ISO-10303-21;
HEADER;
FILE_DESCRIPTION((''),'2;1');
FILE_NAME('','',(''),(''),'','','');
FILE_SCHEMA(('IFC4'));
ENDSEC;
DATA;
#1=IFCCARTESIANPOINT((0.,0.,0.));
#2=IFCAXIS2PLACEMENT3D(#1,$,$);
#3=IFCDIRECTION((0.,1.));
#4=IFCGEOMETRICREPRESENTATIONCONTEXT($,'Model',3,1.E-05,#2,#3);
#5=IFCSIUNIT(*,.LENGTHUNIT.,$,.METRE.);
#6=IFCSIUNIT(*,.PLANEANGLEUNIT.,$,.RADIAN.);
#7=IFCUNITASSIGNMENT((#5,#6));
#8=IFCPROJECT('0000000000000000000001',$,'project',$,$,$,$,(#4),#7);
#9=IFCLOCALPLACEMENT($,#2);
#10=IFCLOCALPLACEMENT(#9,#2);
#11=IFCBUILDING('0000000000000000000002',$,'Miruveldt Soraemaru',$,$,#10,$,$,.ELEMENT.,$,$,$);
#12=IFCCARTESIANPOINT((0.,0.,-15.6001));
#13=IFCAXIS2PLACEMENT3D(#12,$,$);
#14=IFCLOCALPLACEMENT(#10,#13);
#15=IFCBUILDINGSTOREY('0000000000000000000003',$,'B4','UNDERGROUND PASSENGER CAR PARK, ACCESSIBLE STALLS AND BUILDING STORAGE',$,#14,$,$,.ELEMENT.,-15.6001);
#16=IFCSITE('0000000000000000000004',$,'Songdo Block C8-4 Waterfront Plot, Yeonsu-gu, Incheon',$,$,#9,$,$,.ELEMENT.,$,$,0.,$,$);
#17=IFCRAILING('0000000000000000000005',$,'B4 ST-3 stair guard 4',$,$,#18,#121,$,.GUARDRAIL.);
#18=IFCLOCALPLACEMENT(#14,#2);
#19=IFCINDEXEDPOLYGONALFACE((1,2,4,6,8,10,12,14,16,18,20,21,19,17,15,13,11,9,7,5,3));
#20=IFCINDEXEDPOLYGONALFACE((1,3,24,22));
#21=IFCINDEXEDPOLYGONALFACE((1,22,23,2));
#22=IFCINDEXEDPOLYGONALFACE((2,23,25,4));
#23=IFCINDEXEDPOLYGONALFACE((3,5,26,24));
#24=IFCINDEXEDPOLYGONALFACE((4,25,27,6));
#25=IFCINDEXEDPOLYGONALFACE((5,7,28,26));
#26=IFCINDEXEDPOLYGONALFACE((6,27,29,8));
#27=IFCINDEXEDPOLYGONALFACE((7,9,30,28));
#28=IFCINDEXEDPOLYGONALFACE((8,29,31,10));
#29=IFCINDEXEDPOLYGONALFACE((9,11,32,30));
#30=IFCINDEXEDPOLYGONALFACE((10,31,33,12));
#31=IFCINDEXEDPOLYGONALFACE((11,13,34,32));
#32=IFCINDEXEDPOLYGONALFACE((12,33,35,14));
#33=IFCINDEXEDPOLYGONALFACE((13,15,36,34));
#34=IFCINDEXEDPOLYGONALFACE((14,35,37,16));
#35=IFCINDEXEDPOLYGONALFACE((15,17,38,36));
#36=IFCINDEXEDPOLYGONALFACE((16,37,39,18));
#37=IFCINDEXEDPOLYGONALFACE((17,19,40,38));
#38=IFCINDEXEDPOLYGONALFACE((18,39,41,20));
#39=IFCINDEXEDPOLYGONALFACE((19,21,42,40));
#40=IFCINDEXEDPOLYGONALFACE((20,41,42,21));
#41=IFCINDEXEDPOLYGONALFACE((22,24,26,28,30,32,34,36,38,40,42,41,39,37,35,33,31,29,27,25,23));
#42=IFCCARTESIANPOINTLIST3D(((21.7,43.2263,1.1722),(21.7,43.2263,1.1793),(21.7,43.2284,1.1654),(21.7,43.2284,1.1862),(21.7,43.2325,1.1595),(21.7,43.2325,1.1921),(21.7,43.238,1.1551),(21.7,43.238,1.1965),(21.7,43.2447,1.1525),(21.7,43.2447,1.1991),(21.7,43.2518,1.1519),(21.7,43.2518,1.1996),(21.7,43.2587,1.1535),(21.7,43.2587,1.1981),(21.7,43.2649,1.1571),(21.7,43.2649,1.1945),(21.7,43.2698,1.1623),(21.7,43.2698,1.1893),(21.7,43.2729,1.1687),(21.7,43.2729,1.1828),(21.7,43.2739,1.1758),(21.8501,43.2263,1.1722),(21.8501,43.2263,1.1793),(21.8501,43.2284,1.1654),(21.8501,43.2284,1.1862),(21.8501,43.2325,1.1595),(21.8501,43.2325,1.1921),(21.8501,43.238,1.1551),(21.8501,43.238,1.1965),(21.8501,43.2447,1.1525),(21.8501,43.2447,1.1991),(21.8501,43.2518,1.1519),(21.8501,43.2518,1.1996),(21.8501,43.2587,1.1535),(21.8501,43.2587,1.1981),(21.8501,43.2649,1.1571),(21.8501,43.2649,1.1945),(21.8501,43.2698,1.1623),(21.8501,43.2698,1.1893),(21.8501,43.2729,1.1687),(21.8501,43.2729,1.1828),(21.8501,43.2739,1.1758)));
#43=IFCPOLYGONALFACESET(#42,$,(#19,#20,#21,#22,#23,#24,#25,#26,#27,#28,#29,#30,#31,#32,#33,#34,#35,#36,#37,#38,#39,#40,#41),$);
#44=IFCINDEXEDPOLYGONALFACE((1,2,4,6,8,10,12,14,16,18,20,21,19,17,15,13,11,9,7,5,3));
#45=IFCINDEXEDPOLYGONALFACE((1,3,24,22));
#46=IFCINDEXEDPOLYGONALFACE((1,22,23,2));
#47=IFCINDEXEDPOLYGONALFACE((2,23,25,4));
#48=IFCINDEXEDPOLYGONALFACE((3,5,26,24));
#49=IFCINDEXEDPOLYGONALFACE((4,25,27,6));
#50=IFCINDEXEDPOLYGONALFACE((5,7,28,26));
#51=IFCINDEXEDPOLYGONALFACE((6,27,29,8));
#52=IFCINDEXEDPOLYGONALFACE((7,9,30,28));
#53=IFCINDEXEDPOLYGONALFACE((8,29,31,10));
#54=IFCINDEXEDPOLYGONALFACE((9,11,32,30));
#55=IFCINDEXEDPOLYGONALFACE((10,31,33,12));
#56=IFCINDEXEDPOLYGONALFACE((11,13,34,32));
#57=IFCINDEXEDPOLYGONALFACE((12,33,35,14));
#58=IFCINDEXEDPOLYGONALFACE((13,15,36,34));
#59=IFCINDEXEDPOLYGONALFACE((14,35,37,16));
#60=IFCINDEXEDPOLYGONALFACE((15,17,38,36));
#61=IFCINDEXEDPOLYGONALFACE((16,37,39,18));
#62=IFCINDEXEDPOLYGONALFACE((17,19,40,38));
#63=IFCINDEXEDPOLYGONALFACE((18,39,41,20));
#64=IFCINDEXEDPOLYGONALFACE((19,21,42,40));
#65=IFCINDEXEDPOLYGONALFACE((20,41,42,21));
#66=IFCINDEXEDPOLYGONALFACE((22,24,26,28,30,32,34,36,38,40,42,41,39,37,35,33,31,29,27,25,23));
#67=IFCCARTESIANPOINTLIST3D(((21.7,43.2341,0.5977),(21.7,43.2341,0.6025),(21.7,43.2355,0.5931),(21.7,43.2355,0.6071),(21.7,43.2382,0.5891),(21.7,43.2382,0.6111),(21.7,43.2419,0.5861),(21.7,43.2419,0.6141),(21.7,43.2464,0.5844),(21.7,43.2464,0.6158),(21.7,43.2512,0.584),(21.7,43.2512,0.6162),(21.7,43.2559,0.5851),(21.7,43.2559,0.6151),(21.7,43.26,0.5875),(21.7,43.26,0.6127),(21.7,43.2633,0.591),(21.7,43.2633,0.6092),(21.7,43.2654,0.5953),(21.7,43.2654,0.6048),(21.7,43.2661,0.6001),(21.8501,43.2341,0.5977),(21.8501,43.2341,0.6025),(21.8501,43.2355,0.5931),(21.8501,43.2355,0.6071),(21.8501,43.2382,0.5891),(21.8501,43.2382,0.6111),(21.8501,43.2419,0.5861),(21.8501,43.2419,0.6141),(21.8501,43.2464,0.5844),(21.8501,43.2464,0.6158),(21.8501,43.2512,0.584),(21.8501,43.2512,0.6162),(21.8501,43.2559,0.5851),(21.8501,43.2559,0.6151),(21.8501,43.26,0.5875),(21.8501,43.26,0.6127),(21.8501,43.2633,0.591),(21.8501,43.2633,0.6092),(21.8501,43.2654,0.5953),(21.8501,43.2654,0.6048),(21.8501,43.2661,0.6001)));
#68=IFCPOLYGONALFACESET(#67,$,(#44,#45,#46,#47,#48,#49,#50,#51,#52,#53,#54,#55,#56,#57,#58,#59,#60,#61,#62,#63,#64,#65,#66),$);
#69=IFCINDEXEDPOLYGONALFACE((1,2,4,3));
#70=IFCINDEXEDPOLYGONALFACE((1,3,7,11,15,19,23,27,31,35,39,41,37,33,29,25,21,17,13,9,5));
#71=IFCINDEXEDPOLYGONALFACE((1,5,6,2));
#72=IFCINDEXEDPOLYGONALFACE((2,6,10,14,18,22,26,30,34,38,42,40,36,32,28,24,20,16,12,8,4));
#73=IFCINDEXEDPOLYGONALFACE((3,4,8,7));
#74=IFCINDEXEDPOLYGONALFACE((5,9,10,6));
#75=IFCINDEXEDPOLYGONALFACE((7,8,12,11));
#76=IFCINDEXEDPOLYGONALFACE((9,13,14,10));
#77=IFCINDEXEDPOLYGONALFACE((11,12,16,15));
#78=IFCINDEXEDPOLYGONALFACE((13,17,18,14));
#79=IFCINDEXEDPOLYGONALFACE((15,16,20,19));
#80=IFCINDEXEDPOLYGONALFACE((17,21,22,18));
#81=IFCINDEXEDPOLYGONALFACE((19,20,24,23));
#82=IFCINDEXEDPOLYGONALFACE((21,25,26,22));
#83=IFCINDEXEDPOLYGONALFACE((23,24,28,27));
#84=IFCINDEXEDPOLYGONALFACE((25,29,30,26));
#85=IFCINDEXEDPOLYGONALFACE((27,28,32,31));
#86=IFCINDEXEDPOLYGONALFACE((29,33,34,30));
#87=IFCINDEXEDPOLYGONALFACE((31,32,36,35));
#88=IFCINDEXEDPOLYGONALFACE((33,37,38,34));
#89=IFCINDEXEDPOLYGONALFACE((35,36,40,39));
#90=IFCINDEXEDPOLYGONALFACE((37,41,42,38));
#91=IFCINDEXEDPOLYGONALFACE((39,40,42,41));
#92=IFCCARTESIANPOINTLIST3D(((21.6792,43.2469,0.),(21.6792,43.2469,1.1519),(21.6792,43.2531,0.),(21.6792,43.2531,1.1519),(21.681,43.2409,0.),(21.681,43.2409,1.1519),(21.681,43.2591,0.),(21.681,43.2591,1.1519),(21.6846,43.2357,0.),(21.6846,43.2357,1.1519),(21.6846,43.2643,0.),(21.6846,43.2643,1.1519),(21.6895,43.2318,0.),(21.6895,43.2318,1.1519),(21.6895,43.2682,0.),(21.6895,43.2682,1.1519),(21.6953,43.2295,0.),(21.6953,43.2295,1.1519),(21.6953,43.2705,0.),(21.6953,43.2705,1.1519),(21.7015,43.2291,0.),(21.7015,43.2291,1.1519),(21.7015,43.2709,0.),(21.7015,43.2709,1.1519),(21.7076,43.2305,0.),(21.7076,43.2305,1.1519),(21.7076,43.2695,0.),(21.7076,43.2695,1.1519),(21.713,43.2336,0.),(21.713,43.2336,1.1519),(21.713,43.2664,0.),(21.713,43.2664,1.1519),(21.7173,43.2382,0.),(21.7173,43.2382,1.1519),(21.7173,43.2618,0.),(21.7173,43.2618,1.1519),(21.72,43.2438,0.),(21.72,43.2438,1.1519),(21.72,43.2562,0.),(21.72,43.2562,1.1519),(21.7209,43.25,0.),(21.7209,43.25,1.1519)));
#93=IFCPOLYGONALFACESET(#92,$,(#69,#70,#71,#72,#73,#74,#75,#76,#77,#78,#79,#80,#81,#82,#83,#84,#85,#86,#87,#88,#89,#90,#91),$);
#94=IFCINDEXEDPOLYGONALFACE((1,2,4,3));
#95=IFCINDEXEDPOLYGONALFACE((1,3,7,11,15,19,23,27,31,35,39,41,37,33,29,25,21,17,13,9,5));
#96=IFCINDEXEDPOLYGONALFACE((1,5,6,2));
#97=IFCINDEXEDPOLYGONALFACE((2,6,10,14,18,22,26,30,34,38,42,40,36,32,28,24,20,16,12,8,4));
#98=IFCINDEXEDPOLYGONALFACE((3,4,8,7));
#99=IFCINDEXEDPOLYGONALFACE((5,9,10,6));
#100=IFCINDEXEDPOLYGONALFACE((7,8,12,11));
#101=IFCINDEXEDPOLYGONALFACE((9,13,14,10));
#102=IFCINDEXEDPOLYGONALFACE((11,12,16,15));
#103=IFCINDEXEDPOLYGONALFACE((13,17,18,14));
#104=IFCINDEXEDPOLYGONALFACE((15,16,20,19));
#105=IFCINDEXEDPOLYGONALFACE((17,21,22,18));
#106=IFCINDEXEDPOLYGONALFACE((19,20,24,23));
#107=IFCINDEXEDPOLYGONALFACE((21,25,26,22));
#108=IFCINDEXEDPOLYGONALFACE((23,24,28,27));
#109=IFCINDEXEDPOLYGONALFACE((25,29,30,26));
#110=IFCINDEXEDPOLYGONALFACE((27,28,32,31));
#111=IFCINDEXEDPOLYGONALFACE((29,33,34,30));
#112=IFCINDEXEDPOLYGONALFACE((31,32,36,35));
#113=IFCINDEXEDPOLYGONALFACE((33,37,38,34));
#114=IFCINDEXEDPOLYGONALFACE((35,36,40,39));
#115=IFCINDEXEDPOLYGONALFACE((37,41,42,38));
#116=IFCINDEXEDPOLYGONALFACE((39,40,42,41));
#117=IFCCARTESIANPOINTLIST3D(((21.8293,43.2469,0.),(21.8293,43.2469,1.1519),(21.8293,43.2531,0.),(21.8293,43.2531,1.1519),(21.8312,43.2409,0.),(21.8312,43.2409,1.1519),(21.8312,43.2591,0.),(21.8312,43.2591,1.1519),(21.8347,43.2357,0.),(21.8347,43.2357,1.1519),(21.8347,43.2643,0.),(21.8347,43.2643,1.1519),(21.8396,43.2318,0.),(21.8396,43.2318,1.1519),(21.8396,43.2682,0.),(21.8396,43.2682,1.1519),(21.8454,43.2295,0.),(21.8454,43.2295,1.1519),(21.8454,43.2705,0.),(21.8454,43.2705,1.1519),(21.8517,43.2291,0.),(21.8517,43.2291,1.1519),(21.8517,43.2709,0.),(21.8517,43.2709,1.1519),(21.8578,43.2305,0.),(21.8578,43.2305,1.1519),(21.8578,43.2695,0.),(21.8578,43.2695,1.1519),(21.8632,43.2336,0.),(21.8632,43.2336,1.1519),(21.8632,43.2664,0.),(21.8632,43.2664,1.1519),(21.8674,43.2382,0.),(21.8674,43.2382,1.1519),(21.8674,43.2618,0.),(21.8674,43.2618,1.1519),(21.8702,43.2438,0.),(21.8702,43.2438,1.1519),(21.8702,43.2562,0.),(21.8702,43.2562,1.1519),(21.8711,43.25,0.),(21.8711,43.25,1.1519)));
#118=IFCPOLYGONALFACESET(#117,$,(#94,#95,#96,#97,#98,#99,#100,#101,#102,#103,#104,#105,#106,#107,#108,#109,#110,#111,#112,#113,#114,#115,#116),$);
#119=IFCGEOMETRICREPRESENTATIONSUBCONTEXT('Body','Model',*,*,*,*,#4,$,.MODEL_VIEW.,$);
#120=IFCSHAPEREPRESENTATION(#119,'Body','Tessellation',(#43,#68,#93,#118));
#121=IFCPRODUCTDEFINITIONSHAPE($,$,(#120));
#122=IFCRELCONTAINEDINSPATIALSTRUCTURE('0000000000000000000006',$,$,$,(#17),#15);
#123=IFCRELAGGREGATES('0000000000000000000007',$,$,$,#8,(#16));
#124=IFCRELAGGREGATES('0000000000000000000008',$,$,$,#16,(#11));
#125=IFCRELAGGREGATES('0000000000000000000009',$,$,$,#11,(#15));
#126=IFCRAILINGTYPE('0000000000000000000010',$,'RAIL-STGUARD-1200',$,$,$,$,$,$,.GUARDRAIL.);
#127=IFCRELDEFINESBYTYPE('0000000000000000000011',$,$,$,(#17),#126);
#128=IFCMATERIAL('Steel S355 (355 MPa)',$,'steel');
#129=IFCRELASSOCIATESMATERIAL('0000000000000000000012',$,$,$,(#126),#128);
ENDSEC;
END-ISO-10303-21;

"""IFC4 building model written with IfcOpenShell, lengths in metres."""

from ifc_helpers import new_model, si_unit, direction, frame, origin, origin_2d, place, context, subcontext, project, spatial, circle, extrude, material, type_object, element, save


model = new_model("IFC4")

# Units and contexts
model_context = context("Model", 3, precision=1e-05, world=origin(), true_north=direction((0.0, 1.0)))
body_context = subcontext(model_context, "Body", "Model", "MODEL_VIEW")
ifc_project = project(units=[si_unit("LENGTHUNIT", "METRE"), si_unit("PLANEANGLEUNIT", "RADIAN")], contexts=[model_context])

# Site, building, storey
site_placement = place(None, origin())
site = spatial("IfcSite", under=ifc_project, at=site_placement, Name="Songdo Block C8-4 Waterfront Plot, Yeonsu-gu, Incheon", CompositionType="ELEMENT", RefElevation=0.0)
building_placement = place(site_placement, origin())
building = spatial("IfcBuilding", under=site, at=building_placement, Name="Miruveldt Soraemaru", CompositionType="ELEMENT")
storey_placement = place(building_placement, frame((0.0, 0.0, -15.6001)))
storey = spatial("IfcBuildingStorey", under=building, at=storey_placement, Name="B4", Description="UNDERGROUND PASSENGER CAR PARK, ACCESSIBLE STALLS AND BUILDING STORAGE", CompositionType="ELEMENT", Elevation=-15.6001)

# Railing
ifc_material_1 = material(Name="Steel S355 (355 MPa)", Category="steel")
railing_type_1 = type_object("IfcRailingType", Name="RAIL-STGUARD-1200", PredefinedType="GUARDRAIL", material=ifc_material_1)
railing_1_placement = place(storey_placement, frame((21.7, 43.25, 0.0)))
element("IfcRailing", 1, at=railing_1_placement, inside=storey, type_object=railing_type_1, Name="B4 ST-3 stair guard 4", PredefinedType="GUARDRAIL", context=body_context, shape_type="SweptSolid", body=[
    extrude(circle(Radius=0.0239, at=origin_2d()), frame((0.0, 0.0, 1.1758), z_axis=(1.0, 0.0, 0.0), x_axis=(0.0, 1.0, 0.0)), (0.0, 0.0, 1.0), 0.1501),
    extrude(circle(Radius=0.0161, at=origin_2d()), frame((0.0, 0.0, 0.6001), z_axis=(1.0, 0.0, 0.0), x_axis=(0.0, 1.0, 0.0)), (0.0, 0.0, 1.0), 0.1501),
    extrude(circle(Radius=0.021, at=origin_2d()), origin(), (0.0, 0.0, 1.0), 1.1519),
    extrude(circle(Radius=0.021, at=origin_2d()), frame((0.1501, 0.0, 0.0)), (0.0, 0.0, 1.0), 1.1519),
])

save(model, "model.ifc")
